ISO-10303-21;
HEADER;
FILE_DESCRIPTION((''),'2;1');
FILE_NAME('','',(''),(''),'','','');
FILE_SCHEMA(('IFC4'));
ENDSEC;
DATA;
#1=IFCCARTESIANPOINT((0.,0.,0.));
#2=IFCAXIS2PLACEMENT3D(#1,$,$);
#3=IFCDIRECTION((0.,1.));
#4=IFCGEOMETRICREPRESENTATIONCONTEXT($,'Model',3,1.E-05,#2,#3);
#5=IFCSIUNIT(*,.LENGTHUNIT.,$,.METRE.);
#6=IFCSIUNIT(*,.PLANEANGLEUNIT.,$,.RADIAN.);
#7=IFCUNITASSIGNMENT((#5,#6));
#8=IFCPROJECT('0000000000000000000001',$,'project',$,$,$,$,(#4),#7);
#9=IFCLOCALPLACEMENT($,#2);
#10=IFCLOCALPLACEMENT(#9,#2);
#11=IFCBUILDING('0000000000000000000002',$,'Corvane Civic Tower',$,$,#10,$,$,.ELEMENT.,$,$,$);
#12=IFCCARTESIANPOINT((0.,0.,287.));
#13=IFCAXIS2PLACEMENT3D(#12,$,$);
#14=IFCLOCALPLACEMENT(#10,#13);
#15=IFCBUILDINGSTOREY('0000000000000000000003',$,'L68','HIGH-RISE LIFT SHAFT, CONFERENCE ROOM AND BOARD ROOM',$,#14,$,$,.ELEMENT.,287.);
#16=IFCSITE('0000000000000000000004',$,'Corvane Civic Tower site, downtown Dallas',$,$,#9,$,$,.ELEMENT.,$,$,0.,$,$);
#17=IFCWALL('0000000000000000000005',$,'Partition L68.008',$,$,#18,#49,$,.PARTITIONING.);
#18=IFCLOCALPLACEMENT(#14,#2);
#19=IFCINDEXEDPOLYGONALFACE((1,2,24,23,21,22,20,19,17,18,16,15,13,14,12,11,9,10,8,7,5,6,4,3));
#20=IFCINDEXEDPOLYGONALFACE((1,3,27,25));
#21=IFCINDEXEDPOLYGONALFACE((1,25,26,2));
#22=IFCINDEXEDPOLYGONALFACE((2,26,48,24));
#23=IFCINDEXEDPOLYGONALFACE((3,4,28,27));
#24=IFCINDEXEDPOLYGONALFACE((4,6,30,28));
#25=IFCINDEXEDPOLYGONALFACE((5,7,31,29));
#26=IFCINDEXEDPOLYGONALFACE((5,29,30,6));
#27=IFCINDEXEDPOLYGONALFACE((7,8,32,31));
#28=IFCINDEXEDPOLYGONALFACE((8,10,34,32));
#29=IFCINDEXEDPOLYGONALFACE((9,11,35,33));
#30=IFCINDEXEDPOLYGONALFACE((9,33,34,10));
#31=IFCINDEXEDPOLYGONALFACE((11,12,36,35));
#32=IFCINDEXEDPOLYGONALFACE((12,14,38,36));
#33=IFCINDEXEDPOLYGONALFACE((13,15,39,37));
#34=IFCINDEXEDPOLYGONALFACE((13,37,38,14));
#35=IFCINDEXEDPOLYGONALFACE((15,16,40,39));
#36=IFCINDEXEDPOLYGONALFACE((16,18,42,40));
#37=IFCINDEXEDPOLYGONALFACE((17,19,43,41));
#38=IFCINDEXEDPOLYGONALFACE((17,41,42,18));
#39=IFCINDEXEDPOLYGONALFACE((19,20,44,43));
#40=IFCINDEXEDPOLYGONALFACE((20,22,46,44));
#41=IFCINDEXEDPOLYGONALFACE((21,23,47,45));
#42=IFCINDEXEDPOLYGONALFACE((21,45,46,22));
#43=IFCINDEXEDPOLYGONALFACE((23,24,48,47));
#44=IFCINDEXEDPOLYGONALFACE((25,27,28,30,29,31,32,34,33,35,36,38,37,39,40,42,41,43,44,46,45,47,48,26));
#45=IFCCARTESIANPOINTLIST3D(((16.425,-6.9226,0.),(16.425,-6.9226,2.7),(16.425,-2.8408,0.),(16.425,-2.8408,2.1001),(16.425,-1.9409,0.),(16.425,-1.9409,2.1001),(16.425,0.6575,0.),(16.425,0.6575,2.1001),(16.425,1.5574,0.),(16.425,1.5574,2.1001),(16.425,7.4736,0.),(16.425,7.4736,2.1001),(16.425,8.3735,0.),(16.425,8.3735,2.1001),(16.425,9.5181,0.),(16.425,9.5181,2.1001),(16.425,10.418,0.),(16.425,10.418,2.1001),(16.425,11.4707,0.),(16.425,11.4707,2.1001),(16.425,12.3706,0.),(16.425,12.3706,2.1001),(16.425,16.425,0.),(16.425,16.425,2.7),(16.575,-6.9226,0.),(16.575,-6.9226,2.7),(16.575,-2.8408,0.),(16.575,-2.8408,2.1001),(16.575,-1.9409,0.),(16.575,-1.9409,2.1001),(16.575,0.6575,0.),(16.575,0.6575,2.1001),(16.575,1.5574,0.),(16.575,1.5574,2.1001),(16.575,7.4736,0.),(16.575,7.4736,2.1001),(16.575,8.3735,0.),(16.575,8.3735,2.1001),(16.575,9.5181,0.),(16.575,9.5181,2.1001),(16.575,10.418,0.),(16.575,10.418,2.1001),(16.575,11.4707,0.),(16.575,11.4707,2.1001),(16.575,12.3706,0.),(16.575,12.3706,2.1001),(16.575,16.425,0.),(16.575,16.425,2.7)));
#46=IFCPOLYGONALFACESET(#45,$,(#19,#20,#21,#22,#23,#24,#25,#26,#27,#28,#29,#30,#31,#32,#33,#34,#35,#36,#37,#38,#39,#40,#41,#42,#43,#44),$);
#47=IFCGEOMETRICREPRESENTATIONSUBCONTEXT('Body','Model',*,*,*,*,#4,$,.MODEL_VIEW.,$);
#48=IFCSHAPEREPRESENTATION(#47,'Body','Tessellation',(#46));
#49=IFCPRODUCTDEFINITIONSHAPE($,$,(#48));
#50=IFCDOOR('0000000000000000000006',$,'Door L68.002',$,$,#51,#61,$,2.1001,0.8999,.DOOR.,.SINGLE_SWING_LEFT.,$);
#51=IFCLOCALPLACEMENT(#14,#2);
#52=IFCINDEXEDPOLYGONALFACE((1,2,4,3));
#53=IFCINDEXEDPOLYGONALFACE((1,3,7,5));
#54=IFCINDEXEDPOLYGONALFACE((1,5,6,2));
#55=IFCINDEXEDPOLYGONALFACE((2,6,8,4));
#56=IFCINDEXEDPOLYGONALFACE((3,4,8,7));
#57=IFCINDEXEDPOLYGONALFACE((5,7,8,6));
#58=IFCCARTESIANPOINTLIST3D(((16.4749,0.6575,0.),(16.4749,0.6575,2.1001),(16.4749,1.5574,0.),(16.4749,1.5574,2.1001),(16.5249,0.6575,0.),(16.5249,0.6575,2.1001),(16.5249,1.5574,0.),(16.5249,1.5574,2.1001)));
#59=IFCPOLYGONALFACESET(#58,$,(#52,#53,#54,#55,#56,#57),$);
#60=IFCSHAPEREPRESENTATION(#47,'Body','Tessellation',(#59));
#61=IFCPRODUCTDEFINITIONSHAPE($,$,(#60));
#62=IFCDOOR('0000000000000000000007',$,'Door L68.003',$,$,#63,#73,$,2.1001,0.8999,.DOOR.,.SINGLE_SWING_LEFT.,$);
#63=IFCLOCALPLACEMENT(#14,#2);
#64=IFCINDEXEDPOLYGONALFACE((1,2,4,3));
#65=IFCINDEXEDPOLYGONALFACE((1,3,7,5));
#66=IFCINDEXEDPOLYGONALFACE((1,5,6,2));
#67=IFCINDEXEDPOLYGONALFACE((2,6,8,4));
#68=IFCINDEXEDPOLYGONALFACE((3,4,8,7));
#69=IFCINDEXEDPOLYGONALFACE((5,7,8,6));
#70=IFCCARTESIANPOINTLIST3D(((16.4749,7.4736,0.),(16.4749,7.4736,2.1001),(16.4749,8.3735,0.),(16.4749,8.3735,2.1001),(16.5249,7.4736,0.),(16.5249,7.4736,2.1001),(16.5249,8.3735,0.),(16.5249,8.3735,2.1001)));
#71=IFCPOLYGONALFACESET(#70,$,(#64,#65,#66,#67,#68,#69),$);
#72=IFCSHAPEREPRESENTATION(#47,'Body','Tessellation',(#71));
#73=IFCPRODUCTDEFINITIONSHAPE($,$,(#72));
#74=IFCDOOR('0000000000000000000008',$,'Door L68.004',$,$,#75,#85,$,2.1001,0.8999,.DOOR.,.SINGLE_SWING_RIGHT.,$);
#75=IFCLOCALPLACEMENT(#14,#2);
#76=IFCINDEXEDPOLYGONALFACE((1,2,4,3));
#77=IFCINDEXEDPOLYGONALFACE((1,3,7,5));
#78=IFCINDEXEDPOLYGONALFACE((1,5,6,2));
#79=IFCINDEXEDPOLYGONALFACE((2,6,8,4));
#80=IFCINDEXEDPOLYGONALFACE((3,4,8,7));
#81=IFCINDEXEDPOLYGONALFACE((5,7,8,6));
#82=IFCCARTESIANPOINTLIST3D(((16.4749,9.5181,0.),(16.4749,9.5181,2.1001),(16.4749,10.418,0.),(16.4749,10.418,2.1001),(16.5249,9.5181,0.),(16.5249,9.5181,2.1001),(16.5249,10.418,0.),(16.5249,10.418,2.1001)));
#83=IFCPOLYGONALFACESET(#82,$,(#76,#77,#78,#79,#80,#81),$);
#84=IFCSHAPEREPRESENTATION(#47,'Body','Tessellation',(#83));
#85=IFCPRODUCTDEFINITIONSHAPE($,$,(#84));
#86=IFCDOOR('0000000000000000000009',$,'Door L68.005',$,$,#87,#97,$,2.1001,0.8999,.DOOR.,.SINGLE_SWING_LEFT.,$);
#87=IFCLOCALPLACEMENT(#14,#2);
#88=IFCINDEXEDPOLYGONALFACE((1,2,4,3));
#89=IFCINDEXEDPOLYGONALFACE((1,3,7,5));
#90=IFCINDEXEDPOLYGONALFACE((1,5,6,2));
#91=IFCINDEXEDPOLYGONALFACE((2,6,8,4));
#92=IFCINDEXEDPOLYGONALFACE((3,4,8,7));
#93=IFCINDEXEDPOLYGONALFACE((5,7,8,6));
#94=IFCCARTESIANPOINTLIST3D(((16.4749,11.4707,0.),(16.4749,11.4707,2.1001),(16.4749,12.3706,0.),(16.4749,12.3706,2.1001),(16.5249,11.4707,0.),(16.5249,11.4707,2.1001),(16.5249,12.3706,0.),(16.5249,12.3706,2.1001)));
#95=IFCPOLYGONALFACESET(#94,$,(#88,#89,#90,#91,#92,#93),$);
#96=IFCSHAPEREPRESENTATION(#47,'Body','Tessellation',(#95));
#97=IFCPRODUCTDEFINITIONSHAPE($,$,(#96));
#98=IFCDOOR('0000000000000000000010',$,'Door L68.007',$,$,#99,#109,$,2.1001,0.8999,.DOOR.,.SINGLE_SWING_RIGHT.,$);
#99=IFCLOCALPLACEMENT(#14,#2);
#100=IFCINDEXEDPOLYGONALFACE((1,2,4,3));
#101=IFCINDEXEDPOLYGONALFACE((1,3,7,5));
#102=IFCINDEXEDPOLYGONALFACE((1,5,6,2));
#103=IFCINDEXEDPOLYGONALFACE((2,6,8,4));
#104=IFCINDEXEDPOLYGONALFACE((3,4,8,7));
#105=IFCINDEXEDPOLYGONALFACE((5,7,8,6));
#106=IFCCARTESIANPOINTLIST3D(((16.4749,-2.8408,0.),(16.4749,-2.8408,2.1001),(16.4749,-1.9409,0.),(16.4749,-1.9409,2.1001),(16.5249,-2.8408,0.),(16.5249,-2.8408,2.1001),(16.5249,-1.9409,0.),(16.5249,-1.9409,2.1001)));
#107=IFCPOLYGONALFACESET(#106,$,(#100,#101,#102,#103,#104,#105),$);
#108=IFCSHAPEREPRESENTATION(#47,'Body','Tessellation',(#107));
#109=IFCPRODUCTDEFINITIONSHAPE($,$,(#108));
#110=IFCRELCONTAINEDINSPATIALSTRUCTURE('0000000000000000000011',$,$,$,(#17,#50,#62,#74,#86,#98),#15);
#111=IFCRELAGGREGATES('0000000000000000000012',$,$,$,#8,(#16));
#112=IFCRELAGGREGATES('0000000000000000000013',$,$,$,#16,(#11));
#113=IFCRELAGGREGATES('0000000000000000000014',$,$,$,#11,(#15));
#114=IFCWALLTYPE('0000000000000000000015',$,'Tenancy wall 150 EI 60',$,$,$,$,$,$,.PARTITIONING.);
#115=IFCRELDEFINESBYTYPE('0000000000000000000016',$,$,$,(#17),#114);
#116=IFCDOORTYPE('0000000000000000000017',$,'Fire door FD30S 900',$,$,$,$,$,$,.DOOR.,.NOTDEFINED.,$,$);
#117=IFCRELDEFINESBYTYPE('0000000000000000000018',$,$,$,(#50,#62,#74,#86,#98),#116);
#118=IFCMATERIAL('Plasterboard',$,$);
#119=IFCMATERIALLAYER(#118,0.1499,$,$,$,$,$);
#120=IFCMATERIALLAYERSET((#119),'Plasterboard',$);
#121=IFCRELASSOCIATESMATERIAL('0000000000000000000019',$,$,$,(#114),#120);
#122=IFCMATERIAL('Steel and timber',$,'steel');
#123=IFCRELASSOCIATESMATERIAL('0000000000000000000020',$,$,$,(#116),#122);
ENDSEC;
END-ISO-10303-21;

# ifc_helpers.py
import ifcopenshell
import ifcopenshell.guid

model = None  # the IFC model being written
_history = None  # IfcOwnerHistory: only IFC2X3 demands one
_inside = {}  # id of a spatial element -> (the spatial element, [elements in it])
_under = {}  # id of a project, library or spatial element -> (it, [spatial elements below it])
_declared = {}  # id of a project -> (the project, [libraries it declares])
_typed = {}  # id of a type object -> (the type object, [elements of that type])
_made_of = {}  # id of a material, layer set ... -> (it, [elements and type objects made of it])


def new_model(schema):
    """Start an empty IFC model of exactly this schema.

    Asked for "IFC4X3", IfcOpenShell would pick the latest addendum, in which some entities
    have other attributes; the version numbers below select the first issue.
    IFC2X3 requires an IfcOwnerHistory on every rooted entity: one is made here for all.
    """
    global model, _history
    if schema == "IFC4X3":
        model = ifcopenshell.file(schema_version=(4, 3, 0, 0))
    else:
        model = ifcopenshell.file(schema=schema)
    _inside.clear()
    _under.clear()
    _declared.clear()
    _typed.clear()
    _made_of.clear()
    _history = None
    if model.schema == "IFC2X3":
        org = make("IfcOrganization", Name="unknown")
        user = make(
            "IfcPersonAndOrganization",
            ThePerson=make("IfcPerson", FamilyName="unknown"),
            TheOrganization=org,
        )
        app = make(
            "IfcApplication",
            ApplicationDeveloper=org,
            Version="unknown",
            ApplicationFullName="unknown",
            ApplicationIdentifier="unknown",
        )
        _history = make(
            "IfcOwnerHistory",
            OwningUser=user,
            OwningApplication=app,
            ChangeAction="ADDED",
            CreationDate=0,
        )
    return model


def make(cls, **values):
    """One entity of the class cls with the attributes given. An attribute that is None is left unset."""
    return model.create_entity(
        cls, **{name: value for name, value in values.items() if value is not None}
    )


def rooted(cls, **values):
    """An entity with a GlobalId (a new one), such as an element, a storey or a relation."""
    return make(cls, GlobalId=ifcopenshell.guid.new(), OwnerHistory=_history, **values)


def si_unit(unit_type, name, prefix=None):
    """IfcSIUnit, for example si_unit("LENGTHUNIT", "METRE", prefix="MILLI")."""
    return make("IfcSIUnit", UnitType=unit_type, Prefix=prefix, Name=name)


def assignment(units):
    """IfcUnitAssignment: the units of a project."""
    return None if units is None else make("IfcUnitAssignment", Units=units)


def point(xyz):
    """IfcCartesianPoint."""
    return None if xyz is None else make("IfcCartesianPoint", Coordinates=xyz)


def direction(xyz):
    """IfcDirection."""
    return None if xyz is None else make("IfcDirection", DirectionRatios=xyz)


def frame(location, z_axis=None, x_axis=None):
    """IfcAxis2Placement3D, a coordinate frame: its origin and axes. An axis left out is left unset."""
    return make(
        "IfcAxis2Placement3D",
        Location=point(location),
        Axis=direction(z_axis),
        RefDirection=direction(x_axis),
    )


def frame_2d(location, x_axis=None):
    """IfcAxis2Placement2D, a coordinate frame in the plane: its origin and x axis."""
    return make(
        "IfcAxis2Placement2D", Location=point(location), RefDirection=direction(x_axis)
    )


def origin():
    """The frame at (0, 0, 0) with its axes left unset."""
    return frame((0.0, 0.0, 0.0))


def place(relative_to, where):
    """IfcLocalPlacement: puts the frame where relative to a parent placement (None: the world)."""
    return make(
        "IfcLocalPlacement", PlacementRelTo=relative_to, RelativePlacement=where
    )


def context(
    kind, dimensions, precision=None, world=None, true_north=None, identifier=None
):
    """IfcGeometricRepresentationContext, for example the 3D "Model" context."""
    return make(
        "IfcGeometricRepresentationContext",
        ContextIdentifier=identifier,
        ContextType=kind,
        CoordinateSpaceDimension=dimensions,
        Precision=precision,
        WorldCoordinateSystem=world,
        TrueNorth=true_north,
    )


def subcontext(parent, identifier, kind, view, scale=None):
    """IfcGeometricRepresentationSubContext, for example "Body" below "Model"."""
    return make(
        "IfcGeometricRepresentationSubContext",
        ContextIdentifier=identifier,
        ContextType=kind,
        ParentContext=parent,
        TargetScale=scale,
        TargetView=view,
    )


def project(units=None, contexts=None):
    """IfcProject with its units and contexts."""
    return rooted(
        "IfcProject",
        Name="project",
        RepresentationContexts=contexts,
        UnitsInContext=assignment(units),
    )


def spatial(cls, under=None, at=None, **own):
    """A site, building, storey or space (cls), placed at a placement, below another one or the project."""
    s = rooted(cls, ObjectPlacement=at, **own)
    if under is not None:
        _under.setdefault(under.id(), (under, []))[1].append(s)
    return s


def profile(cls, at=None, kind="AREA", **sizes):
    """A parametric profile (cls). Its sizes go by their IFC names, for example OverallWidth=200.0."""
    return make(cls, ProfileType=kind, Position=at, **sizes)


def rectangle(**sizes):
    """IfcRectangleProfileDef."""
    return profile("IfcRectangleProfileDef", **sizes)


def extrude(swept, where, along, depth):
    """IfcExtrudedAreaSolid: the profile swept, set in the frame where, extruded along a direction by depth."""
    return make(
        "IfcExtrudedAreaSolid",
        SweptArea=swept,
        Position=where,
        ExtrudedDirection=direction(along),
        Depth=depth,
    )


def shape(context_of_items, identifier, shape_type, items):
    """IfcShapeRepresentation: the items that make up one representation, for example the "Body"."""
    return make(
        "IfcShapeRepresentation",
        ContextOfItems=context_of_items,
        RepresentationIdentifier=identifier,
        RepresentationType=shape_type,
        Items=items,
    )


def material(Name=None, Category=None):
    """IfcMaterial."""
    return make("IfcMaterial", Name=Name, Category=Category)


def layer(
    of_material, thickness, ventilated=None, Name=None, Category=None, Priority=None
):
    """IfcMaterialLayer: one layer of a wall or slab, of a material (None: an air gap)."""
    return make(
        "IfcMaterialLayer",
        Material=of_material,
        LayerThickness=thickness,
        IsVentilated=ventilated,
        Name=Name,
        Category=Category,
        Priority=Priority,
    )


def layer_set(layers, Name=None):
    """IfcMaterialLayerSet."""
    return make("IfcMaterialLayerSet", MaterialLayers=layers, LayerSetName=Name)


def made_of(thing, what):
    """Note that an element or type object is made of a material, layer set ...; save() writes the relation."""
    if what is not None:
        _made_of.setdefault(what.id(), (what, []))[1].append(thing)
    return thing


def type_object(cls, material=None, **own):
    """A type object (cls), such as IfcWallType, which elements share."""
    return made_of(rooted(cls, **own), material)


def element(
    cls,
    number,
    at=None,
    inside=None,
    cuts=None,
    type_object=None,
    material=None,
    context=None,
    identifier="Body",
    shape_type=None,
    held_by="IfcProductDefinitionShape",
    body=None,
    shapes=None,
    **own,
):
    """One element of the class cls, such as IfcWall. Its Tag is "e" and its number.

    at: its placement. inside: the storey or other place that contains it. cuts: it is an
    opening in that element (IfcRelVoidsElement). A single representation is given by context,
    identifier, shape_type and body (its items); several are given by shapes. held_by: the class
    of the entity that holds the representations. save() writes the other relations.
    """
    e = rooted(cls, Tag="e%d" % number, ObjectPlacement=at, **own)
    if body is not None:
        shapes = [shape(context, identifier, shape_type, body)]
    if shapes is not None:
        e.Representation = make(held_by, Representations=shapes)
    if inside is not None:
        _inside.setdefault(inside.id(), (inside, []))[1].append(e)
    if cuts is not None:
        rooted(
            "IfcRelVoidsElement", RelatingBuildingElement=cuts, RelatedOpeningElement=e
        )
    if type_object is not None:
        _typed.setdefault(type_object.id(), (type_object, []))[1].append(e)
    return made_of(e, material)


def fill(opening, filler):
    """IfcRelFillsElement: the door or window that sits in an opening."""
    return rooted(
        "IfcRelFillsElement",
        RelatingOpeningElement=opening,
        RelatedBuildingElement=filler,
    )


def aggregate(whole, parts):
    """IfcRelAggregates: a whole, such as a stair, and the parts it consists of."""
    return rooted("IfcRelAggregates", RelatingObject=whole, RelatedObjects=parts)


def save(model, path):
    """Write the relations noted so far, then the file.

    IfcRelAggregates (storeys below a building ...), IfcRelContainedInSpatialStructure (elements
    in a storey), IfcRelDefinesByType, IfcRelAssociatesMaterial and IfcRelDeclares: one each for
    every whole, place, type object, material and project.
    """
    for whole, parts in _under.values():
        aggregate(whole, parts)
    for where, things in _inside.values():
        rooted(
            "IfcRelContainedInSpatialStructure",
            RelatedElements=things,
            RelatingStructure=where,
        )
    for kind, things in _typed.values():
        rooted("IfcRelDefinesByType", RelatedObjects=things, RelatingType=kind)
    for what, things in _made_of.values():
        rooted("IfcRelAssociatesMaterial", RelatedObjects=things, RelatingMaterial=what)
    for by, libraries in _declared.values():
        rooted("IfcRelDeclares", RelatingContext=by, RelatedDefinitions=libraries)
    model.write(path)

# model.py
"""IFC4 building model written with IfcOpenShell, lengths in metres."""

from ifc_helpers import new_model, si_unit, direction, frame, frame_2d, origin, place, context, subcontext, project, spatial, rectangle, extrude, material, layer, layer_set, type_object, element, fill, save


model = new_model("IFC4")

# Units and contexts
model_context = context("Model", 3, precision=1e-05, world=origin(), true_north=direction((0.0, 1.0)))
body_context = subcontext(model_context, "Body", "Model", "MODEL_VIEW")
ifc_project = project(units=[si_unit("LENGTHUNIT", "METRE"), si_unit("PLANEANGLEUNIT", "RADIAN")], contexts=[model_context])

# Site, building, storey
site_placement = place(None, origin())
site = spatial("IfcSite", under=ifc_project, at=site_placement, Name="Corvane Civic Tower site, downtown Dallas", CompositionType="ELEMENT", RefElevation=0.0)
building_placement = place(site_placement, origin())
building = spatial("IfcBuilding", under=site, at=building_placement, Name="Corvane Civic Tower", CompositionType="ELEMENT")
storey_placement = place(building_placement, frame((0.0, 0.0, 287.0)))
storey = spatial("IfcBuildingStorey", under=building, at=storey_placement, Name="L68", Description="HIGH-RISE LIFT SHAFT, CONFERENCE ROOM AND BOARD ROOM", CompositionType="ELEMENT", Elevation=287.0)

# Wall, openings, doors
ifc_material_1 = material(Name="Plasterboard")
ifc_layer_1 = layer(ifc_material_1, 0.1499)
ifc_layer_set_1 = layer_set([ifc_layer_1], Name="Plasterboard")
wall_type_1 = type_object("IfcWallType", Name="Tenancy wall 150 EI 60", PredefinedType="PARTITIONING", material=ifc_layer_set_1)
wall_1_placement = place(storey_placement, frame((16.5, -6.9226, 0.0), z_axis=(0.0, 0.0, 1.0), x_axis=(0.0, 1.0, 0.0)))
wall_1 = element("IfcWall", 1, at=wall_1_placement, inside=storey, type_object=wall_type_1, Name="Partition L68.008", PredefinedType="PARTITIONING", context=body_context, shape_type="SweptSolid", body=[
    extrude(rectangle(XDim=23.3477, YDim=0.1499, at=frame_2d((11.6738, 0.0))), origin(), (0.0, 0.0, 1.0), 2.7),
])
opening_1_placement = place(wall_1_placement, frame((7.5801, 0.0, 0.0)))
opening_1 = element("IfcOpeningElement", 2, at=opening_1_placement, cuts=wall_1, PredefinedType="OPENING", context=body_context, shape_type="SweptSolid", body=[
    extrude(rectangle(XDim=0.8999, YDim=2.1001, at=frame_2d((0.45, 1.05))), frame((0.0, 0.085, 0.0), z_axis=(0.0, -1.0, 0.0), x_axis=(1.0, 0.0, 0.0)), (0.0, 0.0, 1.0), 0.1699),
])
opening_2_placement = place(wall_1_placement, frame((14.3962, 0.0, 0.0)))
opening_2 = element("IfcOpeningElement", 3, at=opening_2_placement, cuts=wall_1, PredefinedType="OPENING", context=body_context, shape_type="SweptSolid", body=[
    extrude(rectangle(XDim=0.8999, YDim=2.1001, at=frame_2d((0.45, 1.05))), frame((0.0, 0.085, 0.0), z_axis=(0.0, -1.0, 0.0), x_axis=(1.0, 0.0, 0.0)), (0.0, 0.0, 1.0), 0.1699),
])
opening_3_placement = place(wall_1_placement, frame((16.4407, 0.0, 0.0)))
opening_3 = element("IfcOpeningElement", 4, at=opening_3_placement, cuts=wall_1, PredefinedType="OPENING", context=body_context, shape_type="SweptSolid", body=[
    extrude(rectangle(XDim=0.8999, YDim=2.1001, at=frame_2d((0.45, 1.05))), frame((0.0, 0.085, 0.0), z_axis=(0.0, -1.0, 0.0), x_axis=(1.0, 0.0, 0.0)), (0.0, 0.0, 1.0), 0.1699),
])
opening_4_placement = place(wall_1_placement, frame((18.3933, 0.0, 0.0)))
opening_4 = element("IfcOpeningElement", 5, at=opening_4_placement, cuts=wall_1, PredefinedType="OPENING", context=body_context, shape_type="SweptSolid", body=[
    extrude(rectangle(XDim=0.8999, YDim=2.1001, at=frame_2d((0.45, 1.05))), frame((0.0, 0.085, 0.0), z_axis=(0.0, -1.0, 0.0), x_axis=(1.0, 0.0, 0.0)), (0.0, 0.0, 1.0), 0.1699),
])
opening_5_placement = place(wall_1_placement, frame((4.0818, 0.0, 0.0)))
opening_5 = element("IfcOpeningElement", 6, at=opening_5_placement, cuts=wall_1, PredefinedType="OPENING", context=body_context, shape_type="SweptSolid", body=[
    extrude(rectangle(XDim=0.8999, YDim=2.1001, at=frame_2d((0.45, 1.05))), frame((0.0, 0.085, 0.0), z_axis=(0.0, -1.0, 0.0), x_axis=(1.0, 0.0, 0.0)), (0.0, 0.0, 1.0), 0.1699),
])
ifc_material_2 = material(Name="Steel and timber", Category="steel")
door_type_1 = type_object("IfcDoorType", Name="Fire door FD30S 900", OperationType="NOTDEFINED", PredefinedType="DOOR", material=ifc_material_2)
door_1_placement = place(opening_1_placement, frame((0.8999, 0.0, 0.0), z_axis=(0.0, 0.0, 1.0), x_axis=(-1.0, 0.0, 0.0)))
door_1 = element("IfcDoor", 7, at=door_1_placement, inside=storey, type_object=door_type_1, Name="Door L68.002", OperationType="SINGLE_SWING_LEFT", OverallHeight=2.1001, OverallWidth=0.8999, PredefinedType="DOOR", context=body_context, shape_type="SweptSolid", body=[
    extrude(rectangle(XDim=0.8999, YDim=2.1001, at=frame_2d((0.45, 1.05))), frame((0.0, 0.0249, 0.0), z_axis=(0.0, -1.0, 0.0), x_axis=(1.0, 0.0, 0.0)), (0.0, 0.0, 1.0), 0.05),
])
fill(opening_1, door_1)
door_2_placement = place(opening_2_placement, frame((0.8999, 0.0, 0.0), z_axis=(0.0, 0.0, 1.0), x_axis=(-1.0, 0.0, 0.0)))
door_2 = element("IfcDoor", 8, at=door_2_placement, inside=storey, type_object=door_type_1, Name="Door L68.003", OperationType="SINGLE_SWING_LEFT", OverallHeight=2.1001, OverallWidth=0.8999, PredefinedType="DOOR", context=body_context, shape_type="SweptSolid", body=[
    extrude(rectangle(XDim=0.8999, YDim=2.1001, at=frame_2d((0.45, 1.05))), frame((0.0, 0.0249, 0.0), z_axis=(0.0, -1.0, 0.0), x_axis=(1.0, 0.0, 0.0)), (0.0, 0.0, 1.0), 0.05),
])
fill(opening_2, door_2)
door_3_placement = place(opening_3_placement, frame((0.8999, 0.0, 0.0), z_axis=(0.0, 0.0, 1.0), x_axis=(-1.0, 0.0, 0.0)))
door_3 = element("IfcDoor", 9, at=door_3_placement, inside=storey, type_object=door_type_1, Name="Door L68.004", OperationType="SINGLE_SWING_RIGHT", OverallHeight=2.1001, OverallWidth=0.8999, PredefinedType="DOOR", context=body_context, shape_type="SweptSolid", body=[
    extrude(rectangle(XDim=0.8999, YDim=2.1001, at=frame_2d((0.45, 1.05))), frame((0.0, 0.0249, 0.0), z_axis=(0.0, -1.0, 0.0), x_axis=(1.0, 0.0, 0.0)), (0.0, 0.0, 1.0), 0.05),
])
fill(opening_3, door_3)
door_4_placement = place(opening_4_placement, frame((0.8999, 0.0, 0.0), z_axis=(0.0, 0.0, 1.0), x_axis=(-1.0, 0.0, 0.0)))
door_4 = element("IfcDoor", 10, at=door_4_placement, inside=storey, type_object=door_type_1, Name="Door L68.005", OperationType="SINGLE_SWING_LEFT", OverallHeight=2.1001, OverallWidth=0.8999, PredefinedType="DOOR", context=body_context, shape_type="SweptSolid", body=[
    extrude(rectangle(XDim=0.8999, YDim=2.1001, at=frame_2d((0.45, 1.05))), frame((0.0, 0.0249, 0.0), z_axis=(0.0, -1.0, 0.0), x_axis=(1.0, 0.0, 0.0)), (0.0, 0.0, 1.0), 0.05),
])
fill(opening_4, door_4)
door_5_placement = place(opening_5_placement, frame((0.8999, 0.0, 0.0), z_axis=(0.0, 0.0, 1.0), x_axis=(-1.0, 0.0, 0.0)))
door_5 = element("IfcDoor", 11, at=door_5_placement, inside=storey, type_object=door_type_1, Name="Door L68.007", OperationType="SINGLE_SWING_RIGHT", OverallHeight=2.1001, OverallWidth=0.8999, PredefinedType="DOOR", context=body_context, shape_type="SweptSolid", body=[
    extrude(rectangle(XDim=0.8999, YDim=2.1001, at=frame_2d((0.45, 1.05))), frame((0.0, 0.0249, 0.0), z_axis=(0.0, -1.0, 0.0), x_axis=(1.0, 0.0, 0.0)), (0.0, 0.0, 1.0), 0.05),
])
fill(opening_5, door_5)

save(model, "model.ifc")
